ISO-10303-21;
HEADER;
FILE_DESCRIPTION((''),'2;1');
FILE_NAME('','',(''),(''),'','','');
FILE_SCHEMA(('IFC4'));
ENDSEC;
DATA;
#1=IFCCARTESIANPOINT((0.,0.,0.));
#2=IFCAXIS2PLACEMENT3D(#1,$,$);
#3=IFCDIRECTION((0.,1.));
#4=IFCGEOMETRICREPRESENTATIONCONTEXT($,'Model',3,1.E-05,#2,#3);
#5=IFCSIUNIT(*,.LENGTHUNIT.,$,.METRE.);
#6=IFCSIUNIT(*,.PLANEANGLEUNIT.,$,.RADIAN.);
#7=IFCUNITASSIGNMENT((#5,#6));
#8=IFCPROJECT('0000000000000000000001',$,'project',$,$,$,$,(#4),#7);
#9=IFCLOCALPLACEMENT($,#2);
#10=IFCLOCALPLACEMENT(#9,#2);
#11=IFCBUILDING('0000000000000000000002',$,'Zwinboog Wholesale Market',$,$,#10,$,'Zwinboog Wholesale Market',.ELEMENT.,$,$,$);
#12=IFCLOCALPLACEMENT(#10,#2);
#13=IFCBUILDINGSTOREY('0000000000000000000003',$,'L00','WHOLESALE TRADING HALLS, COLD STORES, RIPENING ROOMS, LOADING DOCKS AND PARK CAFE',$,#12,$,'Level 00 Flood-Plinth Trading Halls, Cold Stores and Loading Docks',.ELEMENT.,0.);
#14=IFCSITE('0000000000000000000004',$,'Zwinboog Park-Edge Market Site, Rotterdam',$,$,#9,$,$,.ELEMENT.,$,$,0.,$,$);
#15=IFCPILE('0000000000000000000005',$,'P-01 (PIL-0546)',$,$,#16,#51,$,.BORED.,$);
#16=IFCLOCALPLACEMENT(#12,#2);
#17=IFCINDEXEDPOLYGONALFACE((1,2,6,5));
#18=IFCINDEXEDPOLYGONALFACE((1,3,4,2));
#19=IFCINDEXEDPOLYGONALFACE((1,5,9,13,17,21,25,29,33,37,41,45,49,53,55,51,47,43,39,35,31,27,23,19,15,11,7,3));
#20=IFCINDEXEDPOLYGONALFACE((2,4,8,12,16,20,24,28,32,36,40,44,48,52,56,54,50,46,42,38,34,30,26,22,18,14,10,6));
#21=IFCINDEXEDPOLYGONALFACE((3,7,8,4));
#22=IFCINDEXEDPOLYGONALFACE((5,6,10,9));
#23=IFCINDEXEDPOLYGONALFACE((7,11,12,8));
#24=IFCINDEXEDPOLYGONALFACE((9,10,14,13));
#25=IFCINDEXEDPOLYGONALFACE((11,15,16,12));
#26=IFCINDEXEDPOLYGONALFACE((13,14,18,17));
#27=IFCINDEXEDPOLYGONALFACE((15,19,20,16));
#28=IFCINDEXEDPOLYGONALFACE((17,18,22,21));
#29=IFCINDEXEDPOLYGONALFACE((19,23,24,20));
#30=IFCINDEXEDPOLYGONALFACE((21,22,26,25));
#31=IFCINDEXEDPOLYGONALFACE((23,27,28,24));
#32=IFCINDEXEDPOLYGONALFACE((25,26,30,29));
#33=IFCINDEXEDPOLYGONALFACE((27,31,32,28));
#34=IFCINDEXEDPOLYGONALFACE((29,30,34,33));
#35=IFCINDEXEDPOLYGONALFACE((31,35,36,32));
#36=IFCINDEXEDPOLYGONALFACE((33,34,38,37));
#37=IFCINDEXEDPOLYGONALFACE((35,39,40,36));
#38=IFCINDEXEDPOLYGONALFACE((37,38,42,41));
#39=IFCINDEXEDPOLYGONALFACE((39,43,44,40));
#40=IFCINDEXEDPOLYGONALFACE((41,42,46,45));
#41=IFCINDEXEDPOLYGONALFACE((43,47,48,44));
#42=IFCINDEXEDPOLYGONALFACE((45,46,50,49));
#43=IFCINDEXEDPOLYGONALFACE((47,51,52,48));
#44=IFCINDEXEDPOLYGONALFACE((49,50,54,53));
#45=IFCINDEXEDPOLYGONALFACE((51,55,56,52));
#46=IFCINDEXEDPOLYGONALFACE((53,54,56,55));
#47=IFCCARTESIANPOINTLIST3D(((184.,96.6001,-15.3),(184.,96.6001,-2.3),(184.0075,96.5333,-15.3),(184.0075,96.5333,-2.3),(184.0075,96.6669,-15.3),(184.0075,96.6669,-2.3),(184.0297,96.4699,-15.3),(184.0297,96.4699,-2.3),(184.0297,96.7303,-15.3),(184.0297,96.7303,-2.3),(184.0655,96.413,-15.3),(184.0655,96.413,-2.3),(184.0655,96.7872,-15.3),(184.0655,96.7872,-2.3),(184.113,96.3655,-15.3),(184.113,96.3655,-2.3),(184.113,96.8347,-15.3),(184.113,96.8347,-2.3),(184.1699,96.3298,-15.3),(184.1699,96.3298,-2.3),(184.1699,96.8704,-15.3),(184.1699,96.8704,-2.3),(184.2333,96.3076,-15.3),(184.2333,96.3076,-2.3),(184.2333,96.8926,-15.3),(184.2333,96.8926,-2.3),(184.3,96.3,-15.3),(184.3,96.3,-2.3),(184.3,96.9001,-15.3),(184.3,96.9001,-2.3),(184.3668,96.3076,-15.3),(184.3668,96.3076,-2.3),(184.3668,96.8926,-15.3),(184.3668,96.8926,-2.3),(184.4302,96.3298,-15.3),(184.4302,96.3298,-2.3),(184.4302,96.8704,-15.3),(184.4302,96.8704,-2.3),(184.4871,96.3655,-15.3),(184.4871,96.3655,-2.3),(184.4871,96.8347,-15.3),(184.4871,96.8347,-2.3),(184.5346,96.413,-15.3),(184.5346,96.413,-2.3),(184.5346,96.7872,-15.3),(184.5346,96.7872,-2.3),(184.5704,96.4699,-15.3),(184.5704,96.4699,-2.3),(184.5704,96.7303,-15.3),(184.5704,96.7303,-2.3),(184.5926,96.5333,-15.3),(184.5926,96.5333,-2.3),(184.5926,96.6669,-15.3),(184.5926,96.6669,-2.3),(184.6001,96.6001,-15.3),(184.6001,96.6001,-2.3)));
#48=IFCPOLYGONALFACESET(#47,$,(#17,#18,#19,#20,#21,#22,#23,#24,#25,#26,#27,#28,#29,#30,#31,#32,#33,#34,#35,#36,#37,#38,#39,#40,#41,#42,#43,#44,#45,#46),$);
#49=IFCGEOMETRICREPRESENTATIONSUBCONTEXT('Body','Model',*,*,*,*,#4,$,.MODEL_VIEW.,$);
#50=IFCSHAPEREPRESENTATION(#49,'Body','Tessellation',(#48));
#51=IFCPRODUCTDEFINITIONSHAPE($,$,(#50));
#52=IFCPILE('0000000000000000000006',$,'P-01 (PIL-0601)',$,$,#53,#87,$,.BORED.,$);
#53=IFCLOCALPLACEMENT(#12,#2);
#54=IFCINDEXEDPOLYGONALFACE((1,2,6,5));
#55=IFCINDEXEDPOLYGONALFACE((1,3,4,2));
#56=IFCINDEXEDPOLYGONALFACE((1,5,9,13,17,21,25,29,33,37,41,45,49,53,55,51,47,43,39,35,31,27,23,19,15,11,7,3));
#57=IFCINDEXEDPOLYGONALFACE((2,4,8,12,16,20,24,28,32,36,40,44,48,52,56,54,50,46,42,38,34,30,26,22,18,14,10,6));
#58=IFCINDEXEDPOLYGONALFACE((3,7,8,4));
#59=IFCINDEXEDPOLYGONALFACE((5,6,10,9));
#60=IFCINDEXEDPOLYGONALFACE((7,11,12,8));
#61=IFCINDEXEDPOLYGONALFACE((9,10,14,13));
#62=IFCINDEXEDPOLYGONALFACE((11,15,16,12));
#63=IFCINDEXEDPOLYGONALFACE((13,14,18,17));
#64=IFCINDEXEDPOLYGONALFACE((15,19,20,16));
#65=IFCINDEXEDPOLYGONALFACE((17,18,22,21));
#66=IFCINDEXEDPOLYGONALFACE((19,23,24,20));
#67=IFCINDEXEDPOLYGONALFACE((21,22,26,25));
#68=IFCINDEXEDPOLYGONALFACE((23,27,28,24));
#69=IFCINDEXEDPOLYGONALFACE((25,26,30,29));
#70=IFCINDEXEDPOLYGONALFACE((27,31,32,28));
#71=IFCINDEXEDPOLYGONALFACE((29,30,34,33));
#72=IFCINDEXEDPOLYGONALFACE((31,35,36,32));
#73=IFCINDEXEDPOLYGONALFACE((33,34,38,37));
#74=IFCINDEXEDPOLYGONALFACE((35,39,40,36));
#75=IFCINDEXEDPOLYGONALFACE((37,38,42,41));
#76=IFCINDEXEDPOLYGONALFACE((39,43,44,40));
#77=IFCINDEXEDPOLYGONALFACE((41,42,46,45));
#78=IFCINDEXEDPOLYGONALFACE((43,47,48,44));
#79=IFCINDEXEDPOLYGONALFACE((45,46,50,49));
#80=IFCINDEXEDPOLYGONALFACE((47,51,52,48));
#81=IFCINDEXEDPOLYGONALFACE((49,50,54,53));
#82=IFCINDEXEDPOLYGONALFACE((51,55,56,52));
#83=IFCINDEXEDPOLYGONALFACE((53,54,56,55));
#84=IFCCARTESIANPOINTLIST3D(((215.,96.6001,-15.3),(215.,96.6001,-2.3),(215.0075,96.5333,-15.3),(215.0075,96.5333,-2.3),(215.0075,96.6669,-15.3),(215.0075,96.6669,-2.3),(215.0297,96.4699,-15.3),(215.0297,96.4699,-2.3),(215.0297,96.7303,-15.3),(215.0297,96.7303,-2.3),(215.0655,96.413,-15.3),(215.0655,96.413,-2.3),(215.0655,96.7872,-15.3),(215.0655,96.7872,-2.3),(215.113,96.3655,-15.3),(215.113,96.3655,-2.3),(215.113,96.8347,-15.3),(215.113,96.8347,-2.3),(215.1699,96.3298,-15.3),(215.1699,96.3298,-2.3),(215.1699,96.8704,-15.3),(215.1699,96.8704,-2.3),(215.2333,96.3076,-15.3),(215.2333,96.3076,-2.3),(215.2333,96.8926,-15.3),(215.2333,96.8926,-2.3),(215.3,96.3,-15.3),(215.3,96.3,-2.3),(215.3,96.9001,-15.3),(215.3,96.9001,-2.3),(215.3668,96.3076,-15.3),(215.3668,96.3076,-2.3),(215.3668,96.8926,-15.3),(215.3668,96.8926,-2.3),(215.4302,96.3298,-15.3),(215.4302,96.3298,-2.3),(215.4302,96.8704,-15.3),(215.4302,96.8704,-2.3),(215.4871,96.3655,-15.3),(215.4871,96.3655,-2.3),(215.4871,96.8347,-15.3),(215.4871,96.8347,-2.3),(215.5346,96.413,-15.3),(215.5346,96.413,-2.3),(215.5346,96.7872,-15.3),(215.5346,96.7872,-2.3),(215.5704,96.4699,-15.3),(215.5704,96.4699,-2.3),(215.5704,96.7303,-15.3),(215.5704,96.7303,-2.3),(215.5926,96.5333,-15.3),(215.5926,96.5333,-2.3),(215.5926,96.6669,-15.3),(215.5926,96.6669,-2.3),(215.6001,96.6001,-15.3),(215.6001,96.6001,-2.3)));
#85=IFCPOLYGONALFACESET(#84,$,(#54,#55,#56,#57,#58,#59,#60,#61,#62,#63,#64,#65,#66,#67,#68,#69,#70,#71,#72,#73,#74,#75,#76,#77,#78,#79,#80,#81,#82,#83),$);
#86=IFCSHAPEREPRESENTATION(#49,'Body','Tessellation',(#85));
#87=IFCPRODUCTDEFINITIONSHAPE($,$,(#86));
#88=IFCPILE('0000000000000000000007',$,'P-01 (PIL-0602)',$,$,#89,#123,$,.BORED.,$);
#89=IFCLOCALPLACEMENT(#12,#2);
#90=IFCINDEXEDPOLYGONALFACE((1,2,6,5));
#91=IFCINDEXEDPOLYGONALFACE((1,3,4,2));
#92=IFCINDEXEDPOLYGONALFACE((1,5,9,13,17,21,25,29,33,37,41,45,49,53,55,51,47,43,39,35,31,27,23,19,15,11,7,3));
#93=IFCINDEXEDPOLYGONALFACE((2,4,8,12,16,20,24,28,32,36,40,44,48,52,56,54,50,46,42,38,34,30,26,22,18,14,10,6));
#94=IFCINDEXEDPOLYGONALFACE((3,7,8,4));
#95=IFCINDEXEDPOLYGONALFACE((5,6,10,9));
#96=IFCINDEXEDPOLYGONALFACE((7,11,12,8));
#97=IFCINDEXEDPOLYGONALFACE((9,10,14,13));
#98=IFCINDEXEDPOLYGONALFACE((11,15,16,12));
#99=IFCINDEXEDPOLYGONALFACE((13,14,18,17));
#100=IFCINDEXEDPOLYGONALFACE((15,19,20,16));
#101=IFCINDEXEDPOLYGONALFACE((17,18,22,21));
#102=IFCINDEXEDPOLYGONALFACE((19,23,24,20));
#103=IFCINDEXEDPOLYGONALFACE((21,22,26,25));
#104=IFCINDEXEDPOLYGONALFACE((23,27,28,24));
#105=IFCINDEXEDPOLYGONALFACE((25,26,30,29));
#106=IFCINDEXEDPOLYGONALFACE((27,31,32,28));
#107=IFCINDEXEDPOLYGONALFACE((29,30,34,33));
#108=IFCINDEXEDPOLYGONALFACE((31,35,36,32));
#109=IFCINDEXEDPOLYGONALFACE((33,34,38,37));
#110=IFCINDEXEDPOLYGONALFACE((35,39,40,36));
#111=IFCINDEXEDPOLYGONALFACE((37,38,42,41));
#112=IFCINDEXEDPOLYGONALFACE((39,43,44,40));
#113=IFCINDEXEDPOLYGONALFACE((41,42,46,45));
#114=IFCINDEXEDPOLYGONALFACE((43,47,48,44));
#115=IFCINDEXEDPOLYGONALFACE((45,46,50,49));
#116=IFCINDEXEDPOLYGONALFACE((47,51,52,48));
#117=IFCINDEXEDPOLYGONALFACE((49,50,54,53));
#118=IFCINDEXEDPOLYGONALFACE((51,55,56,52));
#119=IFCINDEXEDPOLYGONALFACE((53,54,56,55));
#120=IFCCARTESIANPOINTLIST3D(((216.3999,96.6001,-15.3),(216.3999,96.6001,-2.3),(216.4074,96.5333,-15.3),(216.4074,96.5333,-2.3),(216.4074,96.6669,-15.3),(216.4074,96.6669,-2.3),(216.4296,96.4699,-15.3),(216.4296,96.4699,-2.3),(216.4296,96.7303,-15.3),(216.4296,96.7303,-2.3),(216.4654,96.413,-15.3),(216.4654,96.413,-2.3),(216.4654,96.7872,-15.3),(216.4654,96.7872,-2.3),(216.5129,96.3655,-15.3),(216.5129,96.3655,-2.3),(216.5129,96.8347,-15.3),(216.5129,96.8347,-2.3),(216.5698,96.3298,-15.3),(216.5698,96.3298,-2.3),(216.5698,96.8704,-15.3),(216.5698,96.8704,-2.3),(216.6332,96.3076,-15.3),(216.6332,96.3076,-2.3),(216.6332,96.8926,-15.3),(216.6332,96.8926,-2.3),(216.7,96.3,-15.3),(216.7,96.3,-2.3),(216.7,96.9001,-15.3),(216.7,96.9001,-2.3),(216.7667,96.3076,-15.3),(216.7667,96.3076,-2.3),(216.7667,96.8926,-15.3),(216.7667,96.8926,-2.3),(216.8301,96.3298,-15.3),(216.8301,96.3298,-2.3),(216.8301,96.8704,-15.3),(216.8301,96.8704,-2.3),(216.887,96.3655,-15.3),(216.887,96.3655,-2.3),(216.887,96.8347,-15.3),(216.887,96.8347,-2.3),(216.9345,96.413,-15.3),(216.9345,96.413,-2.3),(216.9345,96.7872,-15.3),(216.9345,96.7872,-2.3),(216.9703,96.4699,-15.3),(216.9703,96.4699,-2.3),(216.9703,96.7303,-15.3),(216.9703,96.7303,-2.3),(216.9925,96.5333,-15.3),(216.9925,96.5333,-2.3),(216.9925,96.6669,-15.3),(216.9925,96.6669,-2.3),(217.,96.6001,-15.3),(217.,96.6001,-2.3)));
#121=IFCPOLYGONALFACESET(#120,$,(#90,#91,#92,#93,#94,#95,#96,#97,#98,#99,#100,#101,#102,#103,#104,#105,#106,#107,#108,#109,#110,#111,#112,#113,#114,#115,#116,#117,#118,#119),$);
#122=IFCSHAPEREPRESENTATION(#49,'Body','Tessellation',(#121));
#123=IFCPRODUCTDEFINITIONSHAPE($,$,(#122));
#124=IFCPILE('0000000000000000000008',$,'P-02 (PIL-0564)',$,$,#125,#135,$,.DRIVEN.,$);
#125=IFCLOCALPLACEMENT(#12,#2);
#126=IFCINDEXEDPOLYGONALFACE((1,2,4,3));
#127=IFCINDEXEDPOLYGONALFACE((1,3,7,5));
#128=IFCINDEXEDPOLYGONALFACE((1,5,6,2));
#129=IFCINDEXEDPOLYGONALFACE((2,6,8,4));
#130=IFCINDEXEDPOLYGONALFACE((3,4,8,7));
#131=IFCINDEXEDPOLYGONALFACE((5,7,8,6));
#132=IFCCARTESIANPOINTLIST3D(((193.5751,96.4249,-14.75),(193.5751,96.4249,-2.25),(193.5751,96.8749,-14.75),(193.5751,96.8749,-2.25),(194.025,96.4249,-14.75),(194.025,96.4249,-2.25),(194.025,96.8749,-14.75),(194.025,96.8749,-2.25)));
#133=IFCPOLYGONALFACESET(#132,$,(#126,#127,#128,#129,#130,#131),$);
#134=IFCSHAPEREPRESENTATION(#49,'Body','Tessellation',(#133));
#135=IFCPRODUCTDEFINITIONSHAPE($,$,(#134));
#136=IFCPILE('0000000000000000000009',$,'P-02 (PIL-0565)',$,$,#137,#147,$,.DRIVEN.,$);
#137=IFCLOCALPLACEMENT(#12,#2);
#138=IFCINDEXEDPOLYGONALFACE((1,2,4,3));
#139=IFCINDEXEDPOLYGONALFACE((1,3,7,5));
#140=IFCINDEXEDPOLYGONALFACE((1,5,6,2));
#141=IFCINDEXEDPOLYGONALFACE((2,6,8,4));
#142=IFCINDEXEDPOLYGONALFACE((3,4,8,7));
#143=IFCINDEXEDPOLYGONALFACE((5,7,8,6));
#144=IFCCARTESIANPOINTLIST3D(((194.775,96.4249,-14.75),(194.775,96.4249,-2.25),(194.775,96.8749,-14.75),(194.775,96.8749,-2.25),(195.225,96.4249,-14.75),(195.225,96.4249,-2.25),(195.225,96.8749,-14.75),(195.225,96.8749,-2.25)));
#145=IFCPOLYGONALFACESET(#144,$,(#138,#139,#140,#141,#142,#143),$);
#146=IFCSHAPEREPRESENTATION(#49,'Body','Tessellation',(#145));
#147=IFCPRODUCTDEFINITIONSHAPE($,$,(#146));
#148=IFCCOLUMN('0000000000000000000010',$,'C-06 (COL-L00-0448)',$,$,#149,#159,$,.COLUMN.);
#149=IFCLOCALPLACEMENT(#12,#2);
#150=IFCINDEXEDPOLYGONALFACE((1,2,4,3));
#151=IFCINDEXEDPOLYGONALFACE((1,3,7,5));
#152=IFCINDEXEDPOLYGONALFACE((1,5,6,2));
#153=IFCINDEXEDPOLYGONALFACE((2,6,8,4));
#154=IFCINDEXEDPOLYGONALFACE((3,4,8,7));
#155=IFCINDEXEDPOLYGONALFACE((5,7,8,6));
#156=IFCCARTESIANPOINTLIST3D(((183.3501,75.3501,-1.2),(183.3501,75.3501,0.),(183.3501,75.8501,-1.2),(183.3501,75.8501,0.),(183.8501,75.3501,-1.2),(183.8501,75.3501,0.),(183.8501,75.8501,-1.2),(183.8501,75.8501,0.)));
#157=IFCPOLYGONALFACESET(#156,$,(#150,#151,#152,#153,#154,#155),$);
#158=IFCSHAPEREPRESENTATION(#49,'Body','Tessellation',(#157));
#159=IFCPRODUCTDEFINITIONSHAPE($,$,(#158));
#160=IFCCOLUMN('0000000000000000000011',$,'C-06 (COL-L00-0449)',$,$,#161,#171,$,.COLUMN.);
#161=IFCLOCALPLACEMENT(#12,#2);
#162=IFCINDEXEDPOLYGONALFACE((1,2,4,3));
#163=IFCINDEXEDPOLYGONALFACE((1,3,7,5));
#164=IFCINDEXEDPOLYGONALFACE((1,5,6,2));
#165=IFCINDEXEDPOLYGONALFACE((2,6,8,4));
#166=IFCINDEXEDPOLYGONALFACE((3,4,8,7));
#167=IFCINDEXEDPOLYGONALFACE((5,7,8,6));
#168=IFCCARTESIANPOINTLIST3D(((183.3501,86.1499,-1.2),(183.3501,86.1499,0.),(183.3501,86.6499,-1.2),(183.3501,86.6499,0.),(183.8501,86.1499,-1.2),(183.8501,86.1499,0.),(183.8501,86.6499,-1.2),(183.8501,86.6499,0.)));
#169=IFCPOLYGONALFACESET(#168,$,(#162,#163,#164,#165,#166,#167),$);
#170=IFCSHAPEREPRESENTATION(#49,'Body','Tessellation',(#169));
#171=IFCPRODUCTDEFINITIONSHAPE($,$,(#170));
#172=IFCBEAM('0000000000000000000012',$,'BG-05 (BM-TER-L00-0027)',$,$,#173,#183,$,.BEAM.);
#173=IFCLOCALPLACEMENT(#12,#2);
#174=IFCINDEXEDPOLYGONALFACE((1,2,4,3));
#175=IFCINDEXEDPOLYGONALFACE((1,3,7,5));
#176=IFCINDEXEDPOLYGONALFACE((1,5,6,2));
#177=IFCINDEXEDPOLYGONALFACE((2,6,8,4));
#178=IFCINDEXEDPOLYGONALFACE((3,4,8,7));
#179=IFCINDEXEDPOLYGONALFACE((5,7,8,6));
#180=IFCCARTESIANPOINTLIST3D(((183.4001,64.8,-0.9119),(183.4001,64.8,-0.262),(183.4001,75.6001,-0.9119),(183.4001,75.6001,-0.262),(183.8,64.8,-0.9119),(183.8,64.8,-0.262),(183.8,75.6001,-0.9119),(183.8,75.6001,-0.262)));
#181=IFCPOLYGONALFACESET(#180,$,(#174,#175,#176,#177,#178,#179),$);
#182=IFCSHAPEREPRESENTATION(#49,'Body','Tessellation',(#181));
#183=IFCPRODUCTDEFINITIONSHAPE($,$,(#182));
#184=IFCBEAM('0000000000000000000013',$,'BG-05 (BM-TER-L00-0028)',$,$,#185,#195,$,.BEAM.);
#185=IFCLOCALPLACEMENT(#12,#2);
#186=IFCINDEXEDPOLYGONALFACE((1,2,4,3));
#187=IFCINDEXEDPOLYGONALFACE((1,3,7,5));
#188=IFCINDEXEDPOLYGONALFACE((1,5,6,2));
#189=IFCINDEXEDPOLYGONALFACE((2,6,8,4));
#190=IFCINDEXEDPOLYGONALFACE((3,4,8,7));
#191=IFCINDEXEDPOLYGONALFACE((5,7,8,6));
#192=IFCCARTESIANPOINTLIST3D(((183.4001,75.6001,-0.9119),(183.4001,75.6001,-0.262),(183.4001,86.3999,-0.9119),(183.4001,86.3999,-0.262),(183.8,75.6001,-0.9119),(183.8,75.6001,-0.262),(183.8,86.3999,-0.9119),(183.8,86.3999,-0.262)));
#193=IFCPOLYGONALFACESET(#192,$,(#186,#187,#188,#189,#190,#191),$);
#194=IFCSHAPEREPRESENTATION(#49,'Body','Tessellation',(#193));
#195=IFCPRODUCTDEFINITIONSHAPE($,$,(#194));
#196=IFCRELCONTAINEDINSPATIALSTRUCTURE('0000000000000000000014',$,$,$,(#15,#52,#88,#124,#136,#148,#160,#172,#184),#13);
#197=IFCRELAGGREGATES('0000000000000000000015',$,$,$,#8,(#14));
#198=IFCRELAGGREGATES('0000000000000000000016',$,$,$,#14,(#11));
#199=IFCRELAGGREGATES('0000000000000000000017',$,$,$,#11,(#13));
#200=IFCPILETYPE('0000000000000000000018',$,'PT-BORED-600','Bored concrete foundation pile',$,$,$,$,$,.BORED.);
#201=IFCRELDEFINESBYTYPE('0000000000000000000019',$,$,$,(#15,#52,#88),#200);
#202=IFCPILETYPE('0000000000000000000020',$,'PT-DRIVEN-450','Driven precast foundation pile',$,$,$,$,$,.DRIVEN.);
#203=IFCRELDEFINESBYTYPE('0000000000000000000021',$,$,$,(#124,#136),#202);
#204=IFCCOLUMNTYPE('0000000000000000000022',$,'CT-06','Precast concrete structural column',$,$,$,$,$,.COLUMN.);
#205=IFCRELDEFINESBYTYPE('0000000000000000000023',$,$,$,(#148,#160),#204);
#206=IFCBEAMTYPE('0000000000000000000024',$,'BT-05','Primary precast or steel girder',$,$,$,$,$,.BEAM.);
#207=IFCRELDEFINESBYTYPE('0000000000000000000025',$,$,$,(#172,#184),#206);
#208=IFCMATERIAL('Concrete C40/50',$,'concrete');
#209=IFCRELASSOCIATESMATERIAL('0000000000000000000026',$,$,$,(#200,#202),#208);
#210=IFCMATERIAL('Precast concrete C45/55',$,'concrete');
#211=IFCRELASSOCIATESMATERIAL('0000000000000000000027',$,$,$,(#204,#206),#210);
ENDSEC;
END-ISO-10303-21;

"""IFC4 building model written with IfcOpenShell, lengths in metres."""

from ifc_helpers import new_model, si_unit, direction, frame, origin, origin_2d, place, context, subcontext, project, spatial, rectangle, circle, extrude, material, material_profile, profile_set, type_object, element, save


model = new_model("IFC4")

# Units and contexts
model_context = context("Model", 3, precision=1e-05, world=origin(), true_north=direction((0.0, 1.0)))
body_context = subcontext(model_context, "Body", "Model", "MODEL_VIEW")
ifc_project = project(units=[si_unit("LENGTHUNIT", "METRE"), si_unit("PLANEANGLEUNIT", "RADIAN")], contexts=[model_context])

# Site, building, storey
site_placement = place(None, origin())
site = spatial("IfcSite", under=ifc_project, at=site_placement, Name="Zwinboog Park-Edge Market Site, Rotterdam", CompositionType="ELEMENT", RefElevation=0.0)
building_placement = place(site_placement, origin())
building = spatial("IfcBuilding", under=site, at=building_placement, Name="Zwinboog Wholesale Market", LongName="Zwinboog Wholesale Market", CompositionType="ELEMENT")
storey_placement = place(building_placement, origin())
storey = spatial("IfcBuildingStorey", under=building, at=storey_placement, Name="L00", Description="WHOLESALE TRADING HALLS, COLD STORES, RIPENING ROOMS, LOADING DOCKS AND PARK CAFE", LongName="Level 00 Flood-Plinth Trading Halls, Cold Stores and Loading Docks", CompositionType="ELEMENT", Elevation=0.0)

# Piles
ifc_material_1 = material(Name="Concrete C40/50", Category="concrete")
ifc_material_profile_1 = material_profile(ifc_material_1, circle(Radius=0.3, at=origin_2d()), Name="PILE D600")
ifc_profile_set_1 = profile_set([ifc_material_profile_1], Name="Concrete C40/50")
pile_type_1 = type_object("IfcPileType", Name="PT-BORED-600", Description="Bored concrete foundation pile", PredefinedType="BORED", material=ifc_profile_set_1)
for number, where, z_axis, x_axis, name in (
    (1, (184.3, 96.6001, -2.3), (0.0, 0.0, -1.0), (1.0, 0.0, 0.0), "P-01 (PIL-0546)"),
    (2, (215.3, 96.6001, -2.3), (0.0, 0.0, -1.0), (1.0, 0.0, 0.0), "P-01 (PIL-0601)"),
    (3, (216.7, 96.6001, -2.3), (0.0, 0.0, -1.0), (1.0, 0.0, 0.0), "P-01 (PIL-0602)"),
):
    element("IfcPile", number, at=place(storey_placement, frame(where, z_axis=z_axis, x_axis=x_axis)), inside=storey, type_object=pile_type_1, Name=name, PredefinedType="BORED", context=body_context, shape_type="SweptSolid", body=[
        extrude(circle(Radius=0.3, at=origin_2d()), origin(), (0.0, 0.0, 1.0), 13.0),
    ])
ifc_material_profile_2 = material_profile(ifc_material_1, rectangle(XDim=0.45, YDim=0.45, at=origin_2d()), Name="PILE SQ450")
ifc_profile_set_2 = profile_set([ifc_material_profile_2], Name="Concrete C40/50")
pile_type_2 = type_object("IfcPileType", Name="PT-DRIVEN-450", Description="Driven precast foundation pile", PredefinedType="DRIVEN", material=ifc_profile_set_2)
for number, where, z_axis, x_axis, name in (
    (4, (193.8, 96.6499, -2.25), (0.0, 0.0, -1.0), (1.0, 0.0, 0.0), "P-02 (PIL-0564)"),
    (5, (195.0, 96.6499, -2.25), (0.0, 0.0, -1.0), (1.0, 0.0, 0.0), "P-02 (PIL-0565)"),
):
    element("IfcPile", number, at=place(storey_placement, frame(where, z_axis=z_axis, x_axis=x_axis)), inside=storey, type_object=pile_type_2, Name=name, PredefinedType="DRIVEN", context=body_context, shape_type="SweptSolid", body=[
        extrude(rectangle(XDim=0.45, YDim=0.45, at=origin_2d()), origin(), (0.0, 0.0, 1.0), 12.5),
    ])

# Columns
ifc_material_2 = material(Name="Precast concrete C45/55", Category="concrete")
ifc_material_profile_3 = material_profile(ifc_material_2, rectangle(XDim=0.5, YDim=0.5, at=origin_2d()), Name="PC 500x500")
ifc_profile_set_3 = profile_set([ifc_material_profile_3], Name="Precast concrete C45/55")
column_type = type_object("IfcColumnType", Name="CT-06", Description="Precast concrete structural column", PredefinedType="COLUMN", material=ifc_profile_set_3)
for number, where, z_axis, x_axis, name in (
    (6, (183.6001, 75.6001, -1.2), (0.0, 0.0, 1.0), (1.0, 0.0, 0.0), "C-06 (COL-L00-0448)"),
    (7, (183.6001, 86.3999, -1.2), (0.0, 0.0, 1.0), (1.0, 0.0, 0.0), "C-06 (COL-L00-0449)"),
):
    element("IfcColumn", number, at=place(storey_placement, frame(where, z_axis=z_axis, x_axis=x_axis)), inside=storey, type_object=column_type, Name=name, PredefinedType="COLUMN", context=body_context, shape_type="SweptSolid", body=[
        extrude(rectangle(XDim=0.5, YDim=0.5, at=origin_2d()), origin(), (0.0, 0.0, 1.0), 1.2),
    ])

# Beams
ifc_material_profile_4 = material_profile(ifc_material_2, rectangle(XDim=0.3999, YDim=0.6499, at=origin_2d()), Name="PC 400x650")
ifc_profile_set_4 = profile_set([ifc_material_profile_4], Name="Precast concrete C45/55")
beam_type = type_object("IfcBeamType", Name="BT-05", Description="Primary precast or steel girder", PredefinedType="BEAM", material=ifc_profile_set_4)
beam_1_placement = place(storey_placement, frame((183.6001, 64.8, -0.5869), z_axis=(0.0, 1.0, 0.0), x_axis=(-1.0, 0.0, 0.0)))
element("IfcBeam", 8, at=beam_1_placement, inside=storey, type_object=beam_type, Name="BG-05 (BM-TER-L00-0027)", PredefinedType="BEAM", context=body_context, shape_type="SweptSolid", body=[
    extrude(rectangle(XDim=0.3999, YDim=0.6499, at=origin_2d()), origin(), (0.0, 0.0, 1.0), 10.8),
])
beam_2_placement = place(storey_placement, frame((183.6001, 75.6001, -0.5869), z_axis=(0.0, 1.0, 0.0), x_axis=(-1.0, 0.0, 0.0)))
element("IfcBeam", 9, at=beam_2_placement, inside=storey, type_object=beam_type, Name="BG-05 (BM-TER-L00-0028)", PredefinedType="BEAM", context=body_context, shape_type="SweptSolid", body=[
    extrude(rectangle(XDim=0.3999, YDim=0.6499, at=origin_2d()), origin(), (0.0, 0.0, 1.0), 10.7998),
])

save(model, "model.ifc")
